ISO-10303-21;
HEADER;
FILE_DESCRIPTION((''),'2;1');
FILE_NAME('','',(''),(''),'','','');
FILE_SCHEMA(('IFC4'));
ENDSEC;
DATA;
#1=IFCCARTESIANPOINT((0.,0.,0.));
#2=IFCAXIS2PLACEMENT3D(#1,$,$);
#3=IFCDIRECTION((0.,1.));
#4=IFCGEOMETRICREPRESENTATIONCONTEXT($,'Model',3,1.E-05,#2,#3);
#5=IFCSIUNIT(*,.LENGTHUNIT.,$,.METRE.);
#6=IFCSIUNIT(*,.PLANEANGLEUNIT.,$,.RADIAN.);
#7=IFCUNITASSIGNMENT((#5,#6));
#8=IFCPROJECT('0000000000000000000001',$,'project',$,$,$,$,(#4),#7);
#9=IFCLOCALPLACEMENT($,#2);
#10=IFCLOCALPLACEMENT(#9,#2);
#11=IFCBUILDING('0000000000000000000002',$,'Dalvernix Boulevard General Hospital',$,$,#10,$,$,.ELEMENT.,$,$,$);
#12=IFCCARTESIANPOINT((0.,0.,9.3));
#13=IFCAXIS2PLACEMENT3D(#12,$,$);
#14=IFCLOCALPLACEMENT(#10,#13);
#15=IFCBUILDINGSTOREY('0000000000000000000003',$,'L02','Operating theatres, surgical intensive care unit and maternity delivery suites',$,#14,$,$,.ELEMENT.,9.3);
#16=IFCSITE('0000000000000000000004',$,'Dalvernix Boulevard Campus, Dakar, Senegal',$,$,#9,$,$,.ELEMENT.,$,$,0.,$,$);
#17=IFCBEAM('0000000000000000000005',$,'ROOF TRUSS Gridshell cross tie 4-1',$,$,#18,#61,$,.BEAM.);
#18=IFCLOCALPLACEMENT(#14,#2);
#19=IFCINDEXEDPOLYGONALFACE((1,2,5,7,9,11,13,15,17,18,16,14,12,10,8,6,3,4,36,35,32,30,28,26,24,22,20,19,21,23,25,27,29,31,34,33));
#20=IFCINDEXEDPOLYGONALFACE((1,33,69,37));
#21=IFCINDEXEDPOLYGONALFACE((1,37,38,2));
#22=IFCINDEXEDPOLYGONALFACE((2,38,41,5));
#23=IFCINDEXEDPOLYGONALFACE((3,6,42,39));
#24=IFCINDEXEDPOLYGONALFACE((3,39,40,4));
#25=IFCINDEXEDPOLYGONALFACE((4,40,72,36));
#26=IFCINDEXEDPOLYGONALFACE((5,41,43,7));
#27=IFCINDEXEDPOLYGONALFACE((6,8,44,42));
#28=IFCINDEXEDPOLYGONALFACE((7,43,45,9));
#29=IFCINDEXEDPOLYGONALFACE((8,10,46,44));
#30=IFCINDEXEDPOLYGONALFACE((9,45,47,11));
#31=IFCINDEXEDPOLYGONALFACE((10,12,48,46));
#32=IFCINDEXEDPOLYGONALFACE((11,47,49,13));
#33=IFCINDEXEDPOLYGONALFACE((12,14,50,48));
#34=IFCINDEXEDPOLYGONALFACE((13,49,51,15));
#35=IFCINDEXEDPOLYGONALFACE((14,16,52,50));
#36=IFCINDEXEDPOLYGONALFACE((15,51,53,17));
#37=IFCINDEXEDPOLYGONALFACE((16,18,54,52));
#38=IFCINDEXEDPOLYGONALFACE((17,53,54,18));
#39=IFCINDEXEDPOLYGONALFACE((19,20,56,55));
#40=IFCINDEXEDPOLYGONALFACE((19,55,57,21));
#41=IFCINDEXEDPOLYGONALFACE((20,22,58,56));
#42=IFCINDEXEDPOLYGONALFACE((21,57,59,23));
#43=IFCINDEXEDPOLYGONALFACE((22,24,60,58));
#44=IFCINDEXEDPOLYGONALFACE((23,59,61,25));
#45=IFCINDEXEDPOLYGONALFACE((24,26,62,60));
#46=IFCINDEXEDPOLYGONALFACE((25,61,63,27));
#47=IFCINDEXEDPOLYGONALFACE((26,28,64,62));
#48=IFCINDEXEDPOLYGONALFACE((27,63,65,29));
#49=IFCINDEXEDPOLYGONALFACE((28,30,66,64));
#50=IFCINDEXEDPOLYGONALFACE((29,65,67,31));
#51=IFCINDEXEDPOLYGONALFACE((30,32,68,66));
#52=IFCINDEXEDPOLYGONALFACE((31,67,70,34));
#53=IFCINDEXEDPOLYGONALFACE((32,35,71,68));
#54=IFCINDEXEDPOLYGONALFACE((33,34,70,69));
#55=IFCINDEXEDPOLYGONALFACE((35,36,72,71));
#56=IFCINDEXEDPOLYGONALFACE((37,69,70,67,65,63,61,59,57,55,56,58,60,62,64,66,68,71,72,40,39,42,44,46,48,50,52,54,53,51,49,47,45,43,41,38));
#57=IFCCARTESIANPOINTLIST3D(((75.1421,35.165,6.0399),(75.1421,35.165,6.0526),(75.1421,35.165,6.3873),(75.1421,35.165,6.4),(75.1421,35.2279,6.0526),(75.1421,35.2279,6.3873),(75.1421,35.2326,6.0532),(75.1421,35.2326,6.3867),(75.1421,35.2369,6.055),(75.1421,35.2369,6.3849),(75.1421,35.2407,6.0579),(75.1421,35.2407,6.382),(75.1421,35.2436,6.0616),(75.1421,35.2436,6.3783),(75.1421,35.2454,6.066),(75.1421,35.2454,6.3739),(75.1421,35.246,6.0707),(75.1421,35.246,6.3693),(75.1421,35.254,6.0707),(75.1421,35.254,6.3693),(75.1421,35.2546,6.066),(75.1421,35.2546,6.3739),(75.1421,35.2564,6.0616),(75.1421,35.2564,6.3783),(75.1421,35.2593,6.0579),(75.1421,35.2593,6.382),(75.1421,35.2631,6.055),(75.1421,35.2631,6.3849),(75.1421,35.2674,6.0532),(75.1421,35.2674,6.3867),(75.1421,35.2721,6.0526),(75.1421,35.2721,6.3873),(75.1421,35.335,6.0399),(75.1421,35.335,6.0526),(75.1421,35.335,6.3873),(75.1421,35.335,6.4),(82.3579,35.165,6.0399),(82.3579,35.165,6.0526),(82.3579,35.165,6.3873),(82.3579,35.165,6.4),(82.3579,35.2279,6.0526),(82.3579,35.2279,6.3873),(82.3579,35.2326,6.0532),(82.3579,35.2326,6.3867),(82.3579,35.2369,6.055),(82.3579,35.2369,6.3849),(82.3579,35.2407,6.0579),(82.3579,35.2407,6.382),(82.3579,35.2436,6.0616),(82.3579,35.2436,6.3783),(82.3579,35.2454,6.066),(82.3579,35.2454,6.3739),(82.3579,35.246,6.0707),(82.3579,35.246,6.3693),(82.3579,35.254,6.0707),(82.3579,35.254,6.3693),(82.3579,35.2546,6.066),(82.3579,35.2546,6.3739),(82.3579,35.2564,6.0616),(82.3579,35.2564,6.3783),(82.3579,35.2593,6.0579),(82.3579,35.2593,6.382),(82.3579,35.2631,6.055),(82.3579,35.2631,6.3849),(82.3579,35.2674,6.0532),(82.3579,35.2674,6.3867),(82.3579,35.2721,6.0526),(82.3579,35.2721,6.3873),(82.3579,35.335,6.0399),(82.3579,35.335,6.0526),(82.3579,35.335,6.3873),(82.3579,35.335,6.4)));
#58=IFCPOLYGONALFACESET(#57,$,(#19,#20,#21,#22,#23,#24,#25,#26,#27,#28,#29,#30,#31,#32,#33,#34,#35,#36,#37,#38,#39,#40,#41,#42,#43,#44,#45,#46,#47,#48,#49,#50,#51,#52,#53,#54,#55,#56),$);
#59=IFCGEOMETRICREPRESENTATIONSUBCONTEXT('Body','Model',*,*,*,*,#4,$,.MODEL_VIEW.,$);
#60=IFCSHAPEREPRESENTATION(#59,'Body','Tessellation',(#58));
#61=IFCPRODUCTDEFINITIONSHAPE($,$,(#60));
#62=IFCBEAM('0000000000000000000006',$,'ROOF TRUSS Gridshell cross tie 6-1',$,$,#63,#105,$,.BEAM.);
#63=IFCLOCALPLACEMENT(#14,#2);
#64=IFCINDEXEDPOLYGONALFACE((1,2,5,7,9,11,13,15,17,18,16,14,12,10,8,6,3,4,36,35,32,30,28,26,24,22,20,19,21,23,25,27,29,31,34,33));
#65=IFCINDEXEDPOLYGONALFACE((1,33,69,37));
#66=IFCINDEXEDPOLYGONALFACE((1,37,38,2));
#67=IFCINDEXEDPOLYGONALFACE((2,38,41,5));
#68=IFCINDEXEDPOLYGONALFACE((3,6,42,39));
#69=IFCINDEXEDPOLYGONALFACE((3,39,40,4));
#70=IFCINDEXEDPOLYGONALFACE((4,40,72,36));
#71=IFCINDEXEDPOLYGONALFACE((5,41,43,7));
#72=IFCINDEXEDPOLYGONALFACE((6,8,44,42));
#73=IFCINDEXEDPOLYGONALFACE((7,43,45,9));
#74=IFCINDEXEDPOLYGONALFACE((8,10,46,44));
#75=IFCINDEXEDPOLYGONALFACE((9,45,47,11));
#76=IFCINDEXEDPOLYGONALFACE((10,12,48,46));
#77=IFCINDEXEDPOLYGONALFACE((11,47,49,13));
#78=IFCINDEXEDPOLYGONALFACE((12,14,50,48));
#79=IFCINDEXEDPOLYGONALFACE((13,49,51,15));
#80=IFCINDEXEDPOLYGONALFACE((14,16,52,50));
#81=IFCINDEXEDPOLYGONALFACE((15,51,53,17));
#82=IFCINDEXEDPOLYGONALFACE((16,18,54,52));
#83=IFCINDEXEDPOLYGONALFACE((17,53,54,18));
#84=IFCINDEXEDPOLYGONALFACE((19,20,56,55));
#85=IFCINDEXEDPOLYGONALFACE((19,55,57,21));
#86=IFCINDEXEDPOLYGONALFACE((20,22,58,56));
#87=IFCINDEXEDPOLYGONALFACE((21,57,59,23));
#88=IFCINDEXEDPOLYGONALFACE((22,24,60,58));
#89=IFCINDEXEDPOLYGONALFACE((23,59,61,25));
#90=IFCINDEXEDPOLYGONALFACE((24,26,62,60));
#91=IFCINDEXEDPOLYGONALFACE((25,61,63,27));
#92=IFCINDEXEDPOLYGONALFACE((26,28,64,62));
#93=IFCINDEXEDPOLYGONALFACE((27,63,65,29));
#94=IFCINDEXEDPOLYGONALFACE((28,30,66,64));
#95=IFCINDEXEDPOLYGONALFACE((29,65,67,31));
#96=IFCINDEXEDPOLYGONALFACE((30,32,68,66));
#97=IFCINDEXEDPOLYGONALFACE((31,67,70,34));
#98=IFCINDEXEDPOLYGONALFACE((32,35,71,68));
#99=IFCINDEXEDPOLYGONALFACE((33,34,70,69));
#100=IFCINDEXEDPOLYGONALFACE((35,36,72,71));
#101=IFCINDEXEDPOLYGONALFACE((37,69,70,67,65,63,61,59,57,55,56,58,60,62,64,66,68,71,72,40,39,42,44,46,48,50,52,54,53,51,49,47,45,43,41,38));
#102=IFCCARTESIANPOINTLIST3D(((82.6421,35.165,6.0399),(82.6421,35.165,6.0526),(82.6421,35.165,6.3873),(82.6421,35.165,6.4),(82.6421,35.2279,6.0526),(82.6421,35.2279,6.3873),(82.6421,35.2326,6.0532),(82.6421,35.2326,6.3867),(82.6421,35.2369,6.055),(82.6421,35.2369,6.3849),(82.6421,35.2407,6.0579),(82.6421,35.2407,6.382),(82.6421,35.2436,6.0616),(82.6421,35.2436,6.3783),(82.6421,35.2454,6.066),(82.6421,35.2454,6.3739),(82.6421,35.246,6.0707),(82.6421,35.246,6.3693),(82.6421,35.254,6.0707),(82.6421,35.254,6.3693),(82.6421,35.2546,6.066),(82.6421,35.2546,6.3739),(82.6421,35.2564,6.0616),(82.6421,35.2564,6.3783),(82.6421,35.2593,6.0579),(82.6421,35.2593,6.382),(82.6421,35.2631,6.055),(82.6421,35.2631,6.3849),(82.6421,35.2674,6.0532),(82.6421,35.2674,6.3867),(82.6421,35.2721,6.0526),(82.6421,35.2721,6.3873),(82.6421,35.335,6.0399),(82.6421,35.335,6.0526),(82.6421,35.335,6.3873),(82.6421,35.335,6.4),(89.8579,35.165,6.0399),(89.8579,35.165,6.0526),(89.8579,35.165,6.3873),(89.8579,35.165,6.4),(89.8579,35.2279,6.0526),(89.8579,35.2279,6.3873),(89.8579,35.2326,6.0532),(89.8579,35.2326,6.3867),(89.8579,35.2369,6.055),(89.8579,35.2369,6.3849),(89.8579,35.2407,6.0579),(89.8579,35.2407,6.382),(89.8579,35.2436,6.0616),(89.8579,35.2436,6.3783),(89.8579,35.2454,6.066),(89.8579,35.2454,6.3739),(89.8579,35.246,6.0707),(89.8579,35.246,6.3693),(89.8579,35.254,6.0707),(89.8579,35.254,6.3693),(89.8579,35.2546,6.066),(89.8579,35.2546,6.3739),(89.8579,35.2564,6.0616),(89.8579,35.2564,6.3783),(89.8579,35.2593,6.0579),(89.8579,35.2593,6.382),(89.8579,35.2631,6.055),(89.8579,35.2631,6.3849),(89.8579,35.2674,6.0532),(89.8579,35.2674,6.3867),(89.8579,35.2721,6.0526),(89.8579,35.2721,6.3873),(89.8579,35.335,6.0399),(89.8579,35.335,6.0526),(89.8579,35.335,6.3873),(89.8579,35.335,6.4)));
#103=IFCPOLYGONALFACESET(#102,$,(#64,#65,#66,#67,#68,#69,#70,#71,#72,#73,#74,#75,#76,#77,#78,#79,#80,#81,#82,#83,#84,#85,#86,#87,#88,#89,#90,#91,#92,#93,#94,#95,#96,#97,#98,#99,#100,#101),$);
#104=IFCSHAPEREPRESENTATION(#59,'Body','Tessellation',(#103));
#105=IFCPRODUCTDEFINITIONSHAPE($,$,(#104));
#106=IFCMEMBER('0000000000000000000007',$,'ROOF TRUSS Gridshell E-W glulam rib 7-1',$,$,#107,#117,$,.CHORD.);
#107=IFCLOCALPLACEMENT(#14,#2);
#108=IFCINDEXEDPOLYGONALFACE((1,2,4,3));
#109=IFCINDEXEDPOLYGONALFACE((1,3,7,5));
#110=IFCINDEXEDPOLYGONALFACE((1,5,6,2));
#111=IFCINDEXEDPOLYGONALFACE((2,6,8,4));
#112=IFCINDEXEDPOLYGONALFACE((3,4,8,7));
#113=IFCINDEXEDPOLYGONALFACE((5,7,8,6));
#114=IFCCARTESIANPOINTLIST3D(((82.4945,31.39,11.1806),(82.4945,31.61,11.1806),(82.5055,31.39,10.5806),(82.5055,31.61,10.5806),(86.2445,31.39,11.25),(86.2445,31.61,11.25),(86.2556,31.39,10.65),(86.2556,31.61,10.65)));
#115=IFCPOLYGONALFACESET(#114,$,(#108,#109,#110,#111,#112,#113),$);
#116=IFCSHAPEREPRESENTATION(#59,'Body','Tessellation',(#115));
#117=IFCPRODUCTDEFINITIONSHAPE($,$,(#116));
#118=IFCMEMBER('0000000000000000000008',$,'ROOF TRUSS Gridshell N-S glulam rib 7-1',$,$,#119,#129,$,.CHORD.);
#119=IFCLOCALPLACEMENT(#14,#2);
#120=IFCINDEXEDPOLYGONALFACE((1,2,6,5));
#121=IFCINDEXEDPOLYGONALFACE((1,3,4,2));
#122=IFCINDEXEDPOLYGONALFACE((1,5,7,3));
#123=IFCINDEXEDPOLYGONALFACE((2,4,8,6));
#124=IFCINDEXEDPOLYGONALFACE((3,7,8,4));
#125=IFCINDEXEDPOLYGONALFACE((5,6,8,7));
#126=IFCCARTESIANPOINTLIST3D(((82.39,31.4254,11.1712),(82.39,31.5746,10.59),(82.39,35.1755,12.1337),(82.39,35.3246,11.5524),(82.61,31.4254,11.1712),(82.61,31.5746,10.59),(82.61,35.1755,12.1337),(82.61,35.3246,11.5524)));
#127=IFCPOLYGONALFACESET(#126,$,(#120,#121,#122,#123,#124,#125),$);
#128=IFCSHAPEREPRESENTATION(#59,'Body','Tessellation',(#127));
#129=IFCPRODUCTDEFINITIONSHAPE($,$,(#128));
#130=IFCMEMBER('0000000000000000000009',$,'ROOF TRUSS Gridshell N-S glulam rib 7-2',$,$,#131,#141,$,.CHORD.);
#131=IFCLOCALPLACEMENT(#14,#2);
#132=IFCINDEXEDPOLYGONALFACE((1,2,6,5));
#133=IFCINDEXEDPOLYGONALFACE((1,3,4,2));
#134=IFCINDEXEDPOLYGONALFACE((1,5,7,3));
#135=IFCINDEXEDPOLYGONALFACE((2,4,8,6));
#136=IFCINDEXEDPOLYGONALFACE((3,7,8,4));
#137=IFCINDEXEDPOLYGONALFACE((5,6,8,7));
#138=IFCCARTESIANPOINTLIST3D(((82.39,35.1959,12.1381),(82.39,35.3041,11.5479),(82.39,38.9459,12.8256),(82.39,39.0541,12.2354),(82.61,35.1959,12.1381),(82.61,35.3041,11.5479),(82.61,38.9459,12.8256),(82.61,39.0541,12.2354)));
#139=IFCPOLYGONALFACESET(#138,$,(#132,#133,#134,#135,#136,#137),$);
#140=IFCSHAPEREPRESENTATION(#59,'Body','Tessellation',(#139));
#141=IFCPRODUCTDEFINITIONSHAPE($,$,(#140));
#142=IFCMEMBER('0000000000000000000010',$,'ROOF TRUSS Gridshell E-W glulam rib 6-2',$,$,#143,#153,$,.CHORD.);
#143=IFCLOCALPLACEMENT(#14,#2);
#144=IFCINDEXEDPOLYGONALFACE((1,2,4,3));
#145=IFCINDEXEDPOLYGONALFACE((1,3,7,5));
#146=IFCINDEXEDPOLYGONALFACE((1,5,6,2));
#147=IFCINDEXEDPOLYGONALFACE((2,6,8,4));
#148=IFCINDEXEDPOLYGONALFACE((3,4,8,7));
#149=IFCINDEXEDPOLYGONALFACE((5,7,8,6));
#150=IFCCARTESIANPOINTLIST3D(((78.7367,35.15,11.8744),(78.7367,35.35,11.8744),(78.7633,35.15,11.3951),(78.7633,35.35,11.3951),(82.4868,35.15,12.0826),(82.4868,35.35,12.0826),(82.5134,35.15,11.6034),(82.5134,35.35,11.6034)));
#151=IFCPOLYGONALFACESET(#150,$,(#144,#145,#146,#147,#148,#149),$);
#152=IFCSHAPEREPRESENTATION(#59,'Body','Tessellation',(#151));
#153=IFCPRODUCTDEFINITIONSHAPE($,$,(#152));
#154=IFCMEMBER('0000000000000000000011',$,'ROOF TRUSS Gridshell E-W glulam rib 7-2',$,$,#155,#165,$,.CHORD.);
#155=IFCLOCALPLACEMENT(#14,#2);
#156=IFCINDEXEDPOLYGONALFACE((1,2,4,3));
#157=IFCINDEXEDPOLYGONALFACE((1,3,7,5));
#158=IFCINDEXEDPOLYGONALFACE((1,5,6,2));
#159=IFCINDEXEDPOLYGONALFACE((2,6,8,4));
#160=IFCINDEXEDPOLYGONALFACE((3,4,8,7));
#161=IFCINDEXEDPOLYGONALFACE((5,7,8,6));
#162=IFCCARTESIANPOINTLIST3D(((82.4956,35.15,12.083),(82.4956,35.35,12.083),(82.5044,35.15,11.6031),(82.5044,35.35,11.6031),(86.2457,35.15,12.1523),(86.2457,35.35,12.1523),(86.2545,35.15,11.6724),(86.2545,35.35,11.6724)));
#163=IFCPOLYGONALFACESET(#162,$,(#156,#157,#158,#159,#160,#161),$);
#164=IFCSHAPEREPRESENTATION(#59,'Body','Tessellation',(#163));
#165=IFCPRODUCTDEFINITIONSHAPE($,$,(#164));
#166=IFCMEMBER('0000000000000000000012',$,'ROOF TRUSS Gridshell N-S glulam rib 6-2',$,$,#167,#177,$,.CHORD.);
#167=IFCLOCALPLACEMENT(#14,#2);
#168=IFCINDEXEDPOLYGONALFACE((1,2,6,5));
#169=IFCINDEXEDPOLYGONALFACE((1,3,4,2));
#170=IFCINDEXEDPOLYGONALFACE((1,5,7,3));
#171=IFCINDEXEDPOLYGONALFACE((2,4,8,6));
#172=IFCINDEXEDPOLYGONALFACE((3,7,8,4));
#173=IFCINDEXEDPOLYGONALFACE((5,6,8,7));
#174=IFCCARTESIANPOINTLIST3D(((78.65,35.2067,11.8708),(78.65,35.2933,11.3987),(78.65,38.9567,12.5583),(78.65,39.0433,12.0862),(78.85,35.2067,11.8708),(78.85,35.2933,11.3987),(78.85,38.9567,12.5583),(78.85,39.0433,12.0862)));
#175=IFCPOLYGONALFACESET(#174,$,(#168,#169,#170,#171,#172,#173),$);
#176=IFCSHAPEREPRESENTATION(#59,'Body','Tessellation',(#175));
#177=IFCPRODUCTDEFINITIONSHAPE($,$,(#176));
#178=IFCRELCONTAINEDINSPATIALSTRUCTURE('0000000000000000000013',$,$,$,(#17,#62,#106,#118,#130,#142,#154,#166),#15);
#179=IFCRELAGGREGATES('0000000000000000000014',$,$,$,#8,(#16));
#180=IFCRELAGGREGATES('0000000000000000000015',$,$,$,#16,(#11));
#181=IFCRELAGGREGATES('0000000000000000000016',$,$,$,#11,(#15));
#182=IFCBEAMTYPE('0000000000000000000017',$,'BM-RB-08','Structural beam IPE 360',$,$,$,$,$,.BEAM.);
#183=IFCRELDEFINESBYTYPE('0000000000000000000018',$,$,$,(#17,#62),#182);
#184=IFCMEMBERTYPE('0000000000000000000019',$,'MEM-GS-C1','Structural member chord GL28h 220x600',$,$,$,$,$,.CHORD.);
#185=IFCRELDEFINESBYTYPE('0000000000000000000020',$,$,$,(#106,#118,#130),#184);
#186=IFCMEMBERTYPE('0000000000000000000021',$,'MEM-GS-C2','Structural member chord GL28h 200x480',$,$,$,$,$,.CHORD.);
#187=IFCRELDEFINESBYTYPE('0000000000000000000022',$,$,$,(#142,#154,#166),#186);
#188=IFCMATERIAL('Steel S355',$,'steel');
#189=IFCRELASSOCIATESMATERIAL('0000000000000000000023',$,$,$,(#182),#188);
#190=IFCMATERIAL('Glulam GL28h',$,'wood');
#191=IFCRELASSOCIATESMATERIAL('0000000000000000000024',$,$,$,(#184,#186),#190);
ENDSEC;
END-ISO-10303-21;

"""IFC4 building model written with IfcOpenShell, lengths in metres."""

from ifc_helpers import new_model, si_unit, direction, frame, origin, origin_2d, place, context, subcontext, project, spatial, rectangle, i_section, extrude, material, material_profile, profile_set, type_object, element, save


model = new_model("IFC4")

# Units and contexts
model_context = context("Model", 3, precision=1e-05, world=origin(), true_north=direction((0.0, 1.0)))
body_context = subcontext(model_context, "Body", "Model", "MODEL_VIEW")
ifc_project = project(units=[si_unit("LENGTHUNIT", "METRE"), si_unit("PLANEANGLEUNIT", "RADIAN")], contexts=[model_context])

# Site, building, storey
site_placement = place(None, origin())
site = spatial("IfcSite", under=ifc_project, at=site_placement, Name="Dalvernix Boulevard Campus, Dakar, Senegal", CompositionType="ELEMENT", RefElevation=0.0)
building_placement = place(site_placement, origin())
building = spatial("IfcBuilding", under=site, at=building_placement, Name="Dalvernix Boulevard General Hospital", CompositionType="ELEMENT")
storey_placement = place(building_placement, frame((0.0, 0.0, 9.3)))
storey = spatial("IfcBuildingStorey", under=building, at=storey_placement, Name="L02", Description="Operating theatres, surgical intensive care unit and maternity delivery suites", CompositionType="ELEMENT", Elevation=9.3)

# Shared definitions
ifc_material_1 = material(Name="Steel S355", Category="steel")

# Beams
ifc_material_profile_1 = material_profile(ifc_material_1, i_section(OverallWidth=0.1699, OverallDepth=0.3601, WebThickness=0.0081, FlangeThickness=0.0127, FilletRadius=0.0181, at=origin_2d()), Name="IPE 360")
ifc_profile_set_1 = profile_set([ifc_material_profile_1], Name="Steel S355")
beam_type_1 = type_object("IfcBeamType", Name="BM-RB-08", Description="Structural beam IPE 360", PredefinedType="BEAM", material=ifc_profile_set_1)
for number, where, z_axis, x_axis, name in (
    (1, (75.1421, 35.25, 6.22), (1.0, 0.0, 0.0), (0.0, 1.0, 0.0), "ROOF TRUSS Gridshell cross tie 4-1"),
    (2, (82.6421, 35.25, 6.22), (1.0, 0.0, 0.0), (0.0, 1.0, 0.0), "ROOF TRUSS Gridshell cross tie 6-1"),
):
    element("IfcBeam", number, at=place(storey_placement, frame(where, z_axis=z_axis, x_axis=x_axis)), inside=storey, type_object=beam_type_1, Name=name, PredefinedType="BEAM", context=body_context, shape_type="SweptSolid", body=[
        extrude(i_section(OverallWidth=0.1699, OverallDepth=0.3601, WebThickness=0.0081, FlangeThickness=0.0127, FilletRadius=0.0181, at=origin_2d()), origin(), (0.0, 0.0, 1.0), 7.2158),
    ])

# Members
ifc_material_2 = material(Name="Glulam GL28h", Category="wood")
ifc_material_profile_2 = material_profile(ifc_material_2, rectangle(XDim=0.22, YDim=0.6001, at=origin_2d()), Name="GL28h 220x600")
ifc_profile_set_2 = profile_set([ifc_material_profile_2], Name="Glulam GL28h")
member_type_1 = type_object("IfcMemberType", Name="MEM-GS-C1", Description="Structural member chord GL28h 220x600", PredefinedType="CHORD", material=ifc_profile_set_2)
member_1_placement = place(storey_placement, frame((82.5, 31.5, 10.8806), z_axis=(0.999829, 0.0, 0.018486), x_axis=(0.0, 1.0, 0.0)))
element("IfcMember", 3, at=member_1_placement, inside=storey, type_object=member_type_1, Name="ROOF TRUSS Gridshell E-W glulam rib 7-1", PredefinedType="CHORD", context=body_context, shape_type="SweptSolid", body=[
    extrude(rectangle(XDim=0.22, YDim=0.6001, at=origin_2d()), origin(), (0.0, 0.0, 1.0), 3.7507),
])
member_2_placement = place(storey_placement, frame((82.5, 31.5, 10.8806), z_axis=(0.0, 0.96861, 0.248585), x_axis=(-1.0, 0.0, 0.0)))
element("IfcMember", 4, at=member_2_placement, inside=storey, type_object=member_type_1, Name="ROOF TRUSS Gridshell N-S glulam rib 7-1", PredefinedType="CHORD", context=body_context, shape_type="SweptSolid", body=[
    extrude(rectangle(XDim=0.22, YDim=0.6001, at=origin_2d()), origin(), (0.0, 0.0, 1.0), 3.8716),
])
member_3_placement = place(storey_placement, frame((82.5, 35.25, 11.843), z_axis=(0.0, 0.983607, 0.180328), x_axis=(-1.0, 0.0, 0.0)))
element("IfcMember", 5, at=member_3_placement, inside=storey, type_object=member_type_1, Name="ROOF TRUSS Gridshell N-S glulam rib 7-2", PredefinedType="CHORD", context=body_context, shape_type="SweptSolid", body=[
    extrude(rectangle(XDim=0.22, YDim=0.6001, at=origin_2d()), origin(), (0.0, 0.0, 1.0), 3.8125),
])
ifc_material_profile_3 = material_profile(ifc_material_2, rectangle(XDim=0.2, YDim=0.48, at=origin_2d()), Name="GL28h 200x480")
ifc_profile_set_3 = profile_set([ifc_material_profile_3], Name="Glulam GL28h")
member_type_2 = type_object("IfcMemberType", Name="MEM-GS-C2", Description="Structural member chord GL28h 200x480", PredefinedType="CHORD", material=ifc_profile_set_3)
member_4_placement = place(storey_placement, frame((78.75, 35.25, 11.6348), z_axis=(0.998462, 0.0, 0.055448), x_axis=(0.0, 1.0, 0.0)))
element("IfcMember", 6, at=member_4_placement, inside=storey, type_object=member_type_2, Name="ROOF TRUSS Gridshell E-W glulam rib 6-2", PredefinedType="CHORD", context=body_context, shape_type="SweptSolid", body=[
    extrude(rectangle(XDim=0.2, YDim=0.48, at=origin_2d()), origin(), (0.0, 0.0, 1.0), 3.7559),
])
member_5_placement = place(storey_placement, frame((82.5, 35.25, 11.843), z_axis=(0.999829, 0.0, 0.018486), x_axis=(0.0, 1.0, 0.0)))
element("IfcMember", 7, at=member_5_placement, inside=storey, type_object=member_type_2, Name="ROOF TRUSS Gridshell E-W glulam rib 7-2", PredefinedType="CHORD", context=body_context, shape_type="SweptSolid", body=[
    extrude(rectangle(XDim=0.2, YDim=0.48, at=origin_2d()), origin(), (0.0, 0.0, 1.0), 3.7507),
])
member_6_placement = place(storey_placement, frame((78.75, 35.25, 11.6348), z_axis=(0.0, 0.983607, 0.180328), x_axis=(-1.0, 0.0, 0.0)))
element("IfcMember", 8, at=member_6_placement, inside=storey, type_object=member_type_2, Name="ROOF TRUSS Gridshell N-S glulam rib 6-2", PredefinedType="CHORD", context=body_context, shape_type="SweptSolid", body=[
    extrude(rectangle(XDim=0.2, YDim=0.48, at=origin_2d()), origin(), (0.0, 0.0, 1.0), 3.8125),
])

save(model, "model.ifc")
